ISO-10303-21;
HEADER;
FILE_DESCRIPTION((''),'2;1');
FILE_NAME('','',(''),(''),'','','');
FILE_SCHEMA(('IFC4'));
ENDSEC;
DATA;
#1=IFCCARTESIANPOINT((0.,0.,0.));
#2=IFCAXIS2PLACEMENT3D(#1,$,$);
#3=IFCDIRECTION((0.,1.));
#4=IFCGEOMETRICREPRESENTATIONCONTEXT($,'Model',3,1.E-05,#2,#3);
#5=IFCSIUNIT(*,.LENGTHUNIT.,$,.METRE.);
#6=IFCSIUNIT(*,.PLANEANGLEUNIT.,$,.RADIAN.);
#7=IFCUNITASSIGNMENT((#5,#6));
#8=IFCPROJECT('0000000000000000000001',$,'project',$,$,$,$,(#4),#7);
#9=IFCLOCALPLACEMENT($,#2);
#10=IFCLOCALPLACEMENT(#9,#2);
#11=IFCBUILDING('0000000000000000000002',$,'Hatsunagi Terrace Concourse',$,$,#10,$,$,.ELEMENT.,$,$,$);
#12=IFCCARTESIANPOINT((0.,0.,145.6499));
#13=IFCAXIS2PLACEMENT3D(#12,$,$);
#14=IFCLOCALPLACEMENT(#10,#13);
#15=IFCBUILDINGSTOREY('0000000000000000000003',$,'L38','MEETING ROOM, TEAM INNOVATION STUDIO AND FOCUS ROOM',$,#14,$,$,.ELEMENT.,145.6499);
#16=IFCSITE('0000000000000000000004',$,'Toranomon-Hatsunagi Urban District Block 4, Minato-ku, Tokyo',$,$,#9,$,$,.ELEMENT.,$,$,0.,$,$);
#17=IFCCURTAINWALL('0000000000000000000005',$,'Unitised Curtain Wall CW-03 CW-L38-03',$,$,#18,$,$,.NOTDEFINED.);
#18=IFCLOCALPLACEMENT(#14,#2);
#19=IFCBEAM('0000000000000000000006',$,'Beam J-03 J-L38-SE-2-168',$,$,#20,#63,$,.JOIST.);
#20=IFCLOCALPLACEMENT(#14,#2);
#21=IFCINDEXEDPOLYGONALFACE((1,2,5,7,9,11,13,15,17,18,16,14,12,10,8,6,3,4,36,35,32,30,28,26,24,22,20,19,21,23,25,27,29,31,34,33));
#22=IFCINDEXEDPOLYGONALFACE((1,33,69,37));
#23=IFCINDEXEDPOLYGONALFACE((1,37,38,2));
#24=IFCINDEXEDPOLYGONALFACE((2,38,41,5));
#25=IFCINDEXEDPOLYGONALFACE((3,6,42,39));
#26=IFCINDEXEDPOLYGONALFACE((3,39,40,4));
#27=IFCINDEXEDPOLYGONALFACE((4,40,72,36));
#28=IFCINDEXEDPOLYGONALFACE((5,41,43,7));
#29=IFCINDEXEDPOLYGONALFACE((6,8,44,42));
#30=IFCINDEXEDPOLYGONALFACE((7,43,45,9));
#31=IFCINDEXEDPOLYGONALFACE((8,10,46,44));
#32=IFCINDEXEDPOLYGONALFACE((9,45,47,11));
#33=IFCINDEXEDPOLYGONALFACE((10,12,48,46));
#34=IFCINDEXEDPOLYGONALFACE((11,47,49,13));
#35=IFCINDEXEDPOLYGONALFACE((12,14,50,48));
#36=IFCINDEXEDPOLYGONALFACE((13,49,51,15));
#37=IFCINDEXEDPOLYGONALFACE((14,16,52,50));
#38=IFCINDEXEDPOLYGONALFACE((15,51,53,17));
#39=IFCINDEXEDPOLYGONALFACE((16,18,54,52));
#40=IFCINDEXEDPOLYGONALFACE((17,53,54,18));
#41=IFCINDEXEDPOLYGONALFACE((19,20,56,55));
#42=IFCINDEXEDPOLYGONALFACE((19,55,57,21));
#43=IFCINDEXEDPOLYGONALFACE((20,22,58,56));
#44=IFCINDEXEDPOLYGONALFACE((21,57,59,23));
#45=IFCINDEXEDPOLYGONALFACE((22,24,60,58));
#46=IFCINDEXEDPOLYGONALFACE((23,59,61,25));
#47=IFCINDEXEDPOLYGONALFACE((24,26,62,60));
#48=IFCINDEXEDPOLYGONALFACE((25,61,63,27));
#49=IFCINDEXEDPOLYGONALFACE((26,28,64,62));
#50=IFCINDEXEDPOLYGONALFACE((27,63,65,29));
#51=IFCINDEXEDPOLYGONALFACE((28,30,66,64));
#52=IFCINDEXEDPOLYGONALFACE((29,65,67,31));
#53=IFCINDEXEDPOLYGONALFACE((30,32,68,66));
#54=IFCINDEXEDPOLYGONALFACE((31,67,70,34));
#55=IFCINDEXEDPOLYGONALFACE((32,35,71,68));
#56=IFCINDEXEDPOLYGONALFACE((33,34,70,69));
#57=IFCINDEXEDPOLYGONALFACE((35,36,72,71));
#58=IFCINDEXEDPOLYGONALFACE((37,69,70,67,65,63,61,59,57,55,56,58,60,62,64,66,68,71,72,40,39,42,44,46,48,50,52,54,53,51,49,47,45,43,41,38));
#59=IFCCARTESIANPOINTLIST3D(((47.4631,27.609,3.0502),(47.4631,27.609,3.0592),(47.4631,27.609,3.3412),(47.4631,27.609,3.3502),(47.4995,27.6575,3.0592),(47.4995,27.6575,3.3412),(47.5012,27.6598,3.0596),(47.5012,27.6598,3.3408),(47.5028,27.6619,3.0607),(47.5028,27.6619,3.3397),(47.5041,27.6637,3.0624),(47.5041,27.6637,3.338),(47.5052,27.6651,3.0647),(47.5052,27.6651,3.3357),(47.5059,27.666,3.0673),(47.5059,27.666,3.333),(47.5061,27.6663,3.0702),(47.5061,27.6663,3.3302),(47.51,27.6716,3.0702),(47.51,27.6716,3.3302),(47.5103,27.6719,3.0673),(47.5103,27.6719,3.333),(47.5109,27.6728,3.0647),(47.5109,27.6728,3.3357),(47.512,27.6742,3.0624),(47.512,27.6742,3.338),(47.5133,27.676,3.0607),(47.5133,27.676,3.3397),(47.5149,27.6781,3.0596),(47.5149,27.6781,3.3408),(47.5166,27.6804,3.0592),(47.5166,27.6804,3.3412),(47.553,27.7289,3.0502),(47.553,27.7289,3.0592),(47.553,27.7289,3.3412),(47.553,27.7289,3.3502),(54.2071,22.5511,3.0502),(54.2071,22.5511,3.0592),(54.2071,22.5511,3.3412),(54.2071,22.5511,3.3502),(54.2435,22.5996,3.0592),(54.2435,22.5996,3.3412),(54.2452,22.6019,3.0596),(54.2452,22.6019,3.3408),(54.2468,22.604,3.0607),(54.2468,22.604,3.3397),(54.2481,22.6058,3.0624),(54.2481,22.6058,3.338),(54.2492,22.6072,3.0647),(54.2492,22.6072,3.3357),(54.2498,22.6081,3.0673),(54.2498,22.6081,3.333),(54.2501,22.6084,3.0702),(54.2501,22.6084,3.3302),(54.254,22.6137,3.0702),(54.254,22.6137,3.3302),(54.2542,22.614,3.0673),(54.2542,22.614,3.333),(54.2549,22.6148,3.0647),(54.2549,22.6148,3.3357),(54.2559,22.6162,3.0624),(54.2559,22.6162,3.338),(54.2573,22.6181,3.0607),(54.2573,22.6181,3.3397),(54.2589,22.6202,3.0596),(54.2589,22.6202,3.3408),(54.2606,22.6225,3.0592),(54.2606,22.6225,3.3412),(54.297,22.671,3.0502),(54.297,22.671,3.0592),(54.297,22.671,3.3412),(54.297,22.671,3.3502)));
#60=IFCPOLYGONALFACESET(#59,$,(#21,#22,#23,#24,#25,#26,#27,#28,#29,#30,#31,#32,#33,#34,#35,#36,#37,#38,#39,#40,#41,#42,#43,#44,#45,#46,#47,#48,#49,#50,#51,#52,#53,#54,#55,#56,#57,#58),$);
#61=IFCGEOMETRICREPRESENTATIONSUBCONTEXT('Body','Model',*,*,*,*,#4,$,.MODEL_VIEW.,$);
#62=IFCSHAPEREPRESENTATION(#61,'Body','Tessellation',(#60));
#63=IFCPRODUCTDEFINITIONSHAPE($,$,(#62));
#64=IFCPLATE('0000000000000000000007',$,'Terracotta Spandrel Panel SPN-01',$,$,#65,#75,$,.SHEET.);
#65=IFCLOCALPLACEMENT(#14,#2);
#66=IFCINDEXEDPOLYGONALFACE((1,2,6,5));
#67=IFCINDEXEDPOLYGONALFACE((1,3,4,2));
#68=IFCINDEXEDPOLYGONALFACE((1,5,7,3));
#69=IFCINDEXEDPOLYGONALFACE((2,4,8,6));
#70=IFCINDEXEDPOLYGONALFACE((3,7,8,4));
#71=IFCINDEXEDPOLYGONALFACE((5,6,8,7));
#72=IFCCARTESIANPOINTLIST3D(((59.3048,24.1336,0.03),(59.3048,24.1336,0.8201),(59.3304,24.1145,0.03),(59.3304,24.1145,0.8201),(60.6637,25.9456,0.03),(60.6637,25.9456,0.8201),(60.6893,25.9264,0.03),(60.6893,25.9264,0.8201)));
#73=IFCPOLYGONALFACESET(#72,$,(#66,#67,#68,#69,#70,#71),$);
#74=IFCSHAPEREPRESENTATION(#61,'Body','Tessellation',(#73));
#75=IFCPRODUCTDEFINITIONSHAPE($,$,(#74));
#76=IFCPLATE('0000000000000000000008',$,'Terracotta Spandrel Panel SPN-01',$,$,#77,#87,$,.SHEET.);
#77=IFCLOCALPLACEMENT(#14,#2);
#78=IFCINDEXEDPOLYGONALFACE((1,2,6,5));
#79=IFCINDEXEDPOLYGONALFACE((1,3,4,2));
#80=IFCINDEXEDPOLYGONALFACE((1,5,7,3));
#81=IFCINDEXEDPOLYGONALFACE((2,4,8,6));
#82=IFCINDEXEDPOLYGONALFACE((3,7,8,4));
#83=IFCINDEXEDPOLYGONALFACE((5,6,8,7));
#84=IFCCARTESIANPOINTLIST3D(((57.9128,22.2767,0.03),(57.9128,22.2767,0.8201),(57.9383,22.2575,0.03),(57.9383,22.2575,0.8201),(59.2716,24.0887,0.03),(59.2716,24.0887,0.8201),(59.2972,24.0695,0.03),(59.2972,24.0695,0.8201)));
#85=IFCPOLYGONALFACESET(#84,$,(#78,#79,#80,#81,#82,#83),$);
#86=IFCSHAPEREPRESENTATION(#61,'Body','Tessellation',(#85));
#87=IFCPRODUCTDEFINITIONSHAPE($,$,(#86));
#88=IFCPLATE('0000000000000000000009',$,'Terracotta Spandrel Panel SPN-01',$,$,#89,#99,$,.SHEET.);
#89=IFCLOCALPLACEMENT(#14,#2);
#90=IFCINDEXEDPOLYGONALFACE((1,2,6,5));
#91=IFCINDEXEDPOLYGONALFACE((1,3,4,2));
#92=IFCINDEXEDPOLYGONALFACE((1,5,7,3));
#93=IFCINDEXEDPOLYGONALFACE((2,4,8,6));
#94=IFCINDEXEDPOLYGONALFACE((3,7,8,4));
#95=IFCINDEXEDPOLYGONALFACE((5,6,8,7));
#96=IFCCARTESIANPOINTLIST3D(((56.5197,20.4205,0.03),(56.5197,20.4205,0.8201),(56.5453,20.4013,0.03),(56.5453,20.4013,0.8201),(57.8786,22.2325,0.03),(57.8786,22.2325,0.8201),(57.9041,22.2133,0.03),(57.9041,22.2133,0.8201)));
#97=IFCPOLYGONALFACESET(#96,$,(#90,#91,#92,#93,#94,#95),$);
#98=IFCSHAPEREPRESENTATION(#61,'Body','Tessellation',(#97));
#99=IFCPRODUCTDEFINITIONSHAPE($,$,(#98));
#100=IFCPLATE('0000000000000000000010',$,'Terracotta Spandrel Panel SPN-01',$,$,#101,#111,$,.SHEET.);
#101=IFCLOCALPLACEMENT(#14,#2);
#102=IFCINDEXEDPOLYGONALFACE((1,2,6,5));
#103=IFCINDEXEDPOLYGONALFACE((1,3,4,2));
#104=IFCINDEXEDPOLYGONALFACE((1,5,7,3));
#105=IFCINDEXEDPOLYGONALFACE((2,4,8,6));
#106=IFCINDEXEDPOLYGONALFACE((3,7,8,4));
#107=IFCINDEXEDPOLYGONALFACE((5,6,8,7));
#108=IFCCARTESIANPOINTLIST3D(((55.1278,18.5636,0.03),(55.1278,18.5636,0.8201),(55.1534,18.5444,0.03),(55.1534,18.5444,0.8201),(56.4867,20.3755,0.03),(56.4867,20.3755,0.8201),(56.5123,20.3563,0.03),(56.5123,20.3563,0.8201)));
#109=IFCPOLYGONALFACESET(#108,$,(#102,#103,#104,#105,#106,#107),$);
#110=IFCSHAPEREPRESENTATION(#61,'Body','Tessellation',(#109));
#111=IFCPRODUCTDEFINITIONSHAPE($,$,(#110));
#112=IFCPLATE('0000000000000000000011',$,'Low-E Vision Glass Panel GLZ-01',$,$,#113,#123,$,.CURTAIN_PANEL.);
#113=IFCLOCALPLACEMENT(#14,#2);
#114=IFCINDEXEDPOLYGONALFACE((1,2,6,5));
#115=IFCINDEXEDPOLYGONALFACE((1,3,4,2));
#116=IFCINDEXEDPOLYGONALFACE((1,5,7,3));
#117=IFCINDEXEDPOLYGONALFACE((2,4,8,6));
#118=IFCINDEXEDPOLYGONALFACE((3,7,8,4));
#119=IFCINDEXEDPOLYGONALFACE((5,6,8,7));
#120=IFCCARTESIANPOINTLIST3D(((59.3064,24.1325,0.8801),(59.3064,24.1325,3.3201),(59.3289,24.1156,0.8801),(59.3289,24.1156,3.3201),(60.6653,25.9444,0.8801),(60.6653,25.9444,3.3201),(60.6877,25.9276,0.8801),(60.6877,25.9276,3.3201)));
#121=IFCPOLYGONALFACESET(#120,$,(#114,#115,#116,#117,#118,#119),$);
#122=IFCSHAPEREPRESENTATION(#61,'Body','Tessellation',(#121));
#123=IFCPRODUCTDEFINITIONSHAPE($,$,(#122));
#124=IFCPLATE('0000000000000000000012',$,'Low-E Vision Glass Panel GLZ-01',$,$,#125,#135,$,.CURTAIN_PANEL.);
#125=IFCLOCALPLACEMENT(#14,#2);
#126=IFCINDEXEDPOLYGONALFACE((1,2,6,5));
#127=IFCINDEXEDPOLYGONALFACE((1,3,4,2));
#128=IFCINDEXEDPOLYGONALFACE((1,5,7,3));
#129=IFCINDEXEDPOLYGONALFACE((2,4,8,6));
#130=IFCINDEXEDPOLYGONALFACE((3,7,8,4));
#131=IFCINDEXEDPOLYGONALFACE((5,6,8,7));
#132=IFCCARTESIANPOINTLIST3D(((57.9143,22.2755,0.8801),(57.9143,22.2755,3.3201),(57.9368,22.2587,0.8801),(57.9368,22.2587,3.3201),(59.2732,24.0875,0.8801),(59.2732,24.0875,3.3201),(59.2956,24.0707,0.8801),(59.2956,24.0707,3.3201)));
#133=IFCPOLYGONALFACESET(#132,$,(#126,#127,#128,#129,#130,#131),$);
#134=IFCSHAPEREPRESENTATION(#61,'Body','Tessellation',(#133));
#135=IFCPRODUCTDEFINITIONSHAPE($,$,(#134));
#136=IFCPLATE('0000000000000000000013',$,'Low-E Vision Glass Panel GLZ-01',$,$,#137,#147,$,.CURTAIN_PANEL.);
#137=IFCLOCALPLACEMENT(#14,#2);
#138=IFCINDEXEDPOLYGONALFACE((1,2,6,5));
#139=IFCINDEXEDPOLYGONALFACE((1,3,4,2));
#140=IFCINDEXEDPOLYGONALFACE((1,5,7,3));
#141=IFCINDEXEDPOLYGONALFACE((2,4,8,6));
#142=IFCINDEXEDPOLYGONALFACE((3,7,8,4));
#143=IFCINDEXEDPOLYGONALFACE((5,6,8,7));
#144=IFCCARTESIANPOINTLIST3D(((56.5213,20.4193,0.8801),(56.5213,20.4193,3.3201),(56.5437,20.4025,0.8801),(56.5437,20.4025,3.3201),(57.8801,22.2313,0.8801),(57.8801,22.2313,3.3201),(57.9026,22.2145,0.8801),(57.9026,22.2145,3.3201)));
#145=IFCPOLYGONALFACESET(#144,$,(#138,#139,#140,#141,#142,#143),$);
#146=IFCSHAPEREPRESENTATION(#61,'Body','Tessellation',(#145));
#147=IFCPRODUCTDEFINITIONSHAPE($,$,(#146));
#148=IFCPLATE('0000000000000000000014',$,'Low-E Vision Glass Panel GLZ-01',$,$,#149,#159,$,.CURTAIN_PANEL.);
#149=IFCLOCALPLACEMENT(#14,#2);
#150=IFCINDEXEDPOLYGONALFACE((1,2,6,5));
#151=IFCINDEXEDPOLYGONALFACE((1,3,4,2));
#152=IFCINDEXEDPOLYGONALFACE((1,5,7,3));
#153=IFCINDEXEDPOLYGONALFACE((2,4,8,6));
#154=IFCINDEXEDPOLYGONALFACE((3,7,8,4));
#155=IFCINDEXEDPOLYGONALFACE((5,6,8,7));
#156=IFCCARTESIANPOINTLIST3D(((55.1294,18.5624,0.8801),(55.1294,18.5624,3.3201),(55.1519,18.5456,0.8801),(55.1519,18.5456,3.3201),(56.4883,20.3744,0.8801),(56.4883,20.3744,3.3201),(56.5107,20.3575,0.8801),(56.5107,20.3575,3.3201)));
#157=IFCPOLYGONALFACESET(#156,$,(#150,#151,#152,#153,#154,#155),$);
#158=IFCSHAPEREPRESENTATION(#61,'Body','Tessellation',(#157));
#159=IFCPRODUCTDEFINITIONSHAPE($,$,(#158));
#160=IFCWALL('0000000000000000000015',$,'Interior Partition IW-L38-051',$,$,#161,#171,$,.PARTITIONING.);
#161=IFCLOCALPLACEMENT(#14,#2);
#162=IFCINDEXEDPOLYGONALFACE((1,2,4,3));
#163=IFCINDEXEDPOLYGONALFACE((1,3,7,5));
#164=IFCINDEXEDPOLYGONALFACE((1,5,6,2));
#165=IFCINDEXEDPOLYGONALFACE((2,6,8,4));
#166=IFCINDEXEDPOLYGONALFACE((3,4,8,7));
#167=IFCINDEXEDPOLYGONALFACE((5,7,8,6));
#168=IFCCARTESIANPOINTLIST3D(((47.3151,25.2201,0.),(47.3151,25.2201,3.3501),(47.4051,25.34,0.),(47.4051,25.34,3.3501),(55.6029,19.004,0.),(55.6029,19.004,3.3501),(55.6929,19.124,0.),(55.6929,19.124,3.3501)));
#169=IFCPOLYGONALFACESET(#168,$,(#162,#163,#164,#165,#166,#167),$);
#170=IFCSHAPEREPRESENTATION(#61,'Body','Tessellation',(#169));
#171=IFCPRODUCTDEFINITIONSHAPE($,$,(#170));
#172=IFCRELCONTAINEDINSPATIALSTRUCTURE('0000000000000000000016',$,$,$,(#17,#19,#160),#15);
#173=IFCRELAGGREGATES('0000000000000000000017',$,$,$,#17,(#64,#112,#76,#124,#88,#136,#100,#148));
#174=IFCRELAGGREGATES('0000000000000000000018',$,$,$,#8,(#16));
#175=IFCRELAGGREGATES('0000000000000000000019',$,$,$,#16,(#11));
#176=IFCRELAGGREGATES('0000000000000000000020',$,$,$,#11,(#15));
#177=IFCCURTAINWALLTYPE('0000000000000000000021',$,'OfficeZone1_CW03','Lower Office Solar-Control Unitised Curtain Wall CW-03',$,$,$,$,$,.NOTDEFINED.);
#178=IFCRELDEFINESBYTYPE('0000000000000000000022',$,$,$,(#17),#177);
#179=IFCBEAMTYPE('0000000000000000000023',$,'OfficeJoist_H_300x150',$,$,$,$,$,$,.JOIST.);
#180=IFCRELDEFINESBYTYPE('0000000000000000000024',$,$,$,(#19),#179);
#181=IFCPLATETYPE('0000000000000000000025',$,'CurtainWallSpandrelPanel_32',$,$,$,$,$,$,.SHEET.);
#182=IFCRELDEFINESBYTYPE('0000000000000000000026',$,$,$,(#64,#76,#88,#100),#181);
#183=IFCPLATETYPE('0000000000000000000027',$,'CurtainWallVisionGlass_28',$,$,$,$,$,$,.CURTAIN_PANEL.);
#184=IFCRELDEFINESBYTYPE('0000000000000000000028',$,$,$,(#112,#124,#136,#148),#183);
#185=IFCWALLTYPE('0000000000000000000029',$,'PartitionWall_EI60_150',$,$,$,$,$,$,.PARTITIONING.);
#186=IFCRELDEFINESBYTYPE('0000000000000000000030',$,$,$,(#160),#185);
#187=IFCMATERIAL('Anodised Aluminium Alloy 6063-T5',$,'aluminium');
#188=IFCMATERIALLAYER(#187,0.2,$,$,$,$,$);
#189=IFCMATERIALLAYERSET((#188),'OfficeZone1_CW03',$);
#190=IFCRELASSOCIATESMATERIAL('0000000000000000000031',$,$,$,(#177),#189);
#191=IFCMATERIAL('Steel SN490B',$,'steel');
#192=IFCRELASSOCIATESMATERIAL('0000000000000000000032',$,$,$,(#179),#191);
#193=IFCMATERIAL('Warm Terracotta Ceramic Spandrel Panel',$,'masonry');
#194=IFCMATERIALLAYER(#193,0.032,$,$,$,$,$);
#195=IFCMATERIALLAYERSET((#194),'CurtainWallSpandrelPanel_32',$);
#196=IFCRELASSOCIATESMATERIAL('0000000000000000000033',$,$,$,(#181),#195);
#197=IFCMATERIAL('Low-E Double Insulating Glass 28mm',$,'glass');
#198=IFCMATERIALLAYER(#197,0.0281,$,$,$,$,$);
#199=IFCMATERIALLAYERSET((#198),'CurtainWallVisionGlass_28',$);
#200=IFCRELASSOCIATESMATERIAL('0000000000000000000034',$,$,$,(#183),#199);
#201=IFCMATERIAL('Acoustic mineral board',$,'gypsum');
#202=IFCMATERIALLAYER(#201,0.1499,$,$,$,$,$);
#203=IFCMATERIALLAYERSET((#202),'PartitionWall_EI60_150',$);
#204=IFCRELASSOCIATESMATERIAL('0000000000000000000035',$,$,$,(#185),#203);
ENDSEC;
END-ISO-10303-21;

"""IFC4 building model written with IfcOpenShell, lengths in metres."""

from ifc_helpers import new_model, si_unit, direction, frame, frame_2d, origin, origin_2d, place, context, subcontext, project, spatial, rectangle, i_section, extrude, material, layer, layer_set, material_profile, profile_set, type_object, element, aggregate, save


model = new_model("IFC4")

# Units and contexts
model_context = context("Model", 3, precision=1e-05, world=origin(), true_north=direction((0.0, 1.0)))
body_context = subcontext(model_context, "Body", "Model", "MODEL_VIEW")
ifc_project = project(units=[si_unit("LENGTHUNIT", "METRE"), si_unit("PLANEANGLEUNIT", "RADIAN")], contexts=[model_context])

# Site, building, storey
site_placement = place(None, origin())
site = spatial("IfcSite", under=ifc_project, at=site_placement, Name="Toranomon-Hatsunagi Urban District Block 4, Minato-ku, Tokyo", CompositionType="ELEMENT", RefElevation=0.0)
building_placement = place(site_placement, origin())
building = spatial("IfcBuilding", under=site, at=building_placement, Name="Hatsunagi Terrace Concourse", CompositionType="ELEMENT")
storey_placement = place(building_placement, frame((0.0, 0.0, 145.6499)))
storey = spatial("IfcBuildingStorey", under=building, at=storey_placement, Name="L38", Description="MEETING ROOM, TEAM INNOVATION STUDIO AND FOCUS ROOM", CompositionType="ELEMENT", Elevation=145.6499)

# Curtain wall
ifc_material_1 = material(Name="Anodised Aluminium Alloy 6063-T5", Category="aluminium")
ifc_layer_1 = layer(ifc_material_1, 0.2)
ifc_layer_set_1 = layer_set([ifc_layer_1], Name="OfficeZone1_CW03")
curtain_wall_type = type_object("IfcCurtainWallType", Name="OfficeZone1_CW03", Description="Lower Office Solar-Control Unitised Curtain Wall CW-03", PredefinedType="NOTDEFINED", material=ifc_layer_set_1)
curtain_wall_placement = place(storey_placement, origin())
curtain_wall = element("IfcCurtainWall", 1, at=curtain_wall_placement, inside=storey, type_object=curtain_wall_type, Name="Unitised Curtain Wall CW-03 CW-L38-03", PredefinedType="NOTDEFINED")

# Beam
ifc_material_2 = material(Name="Steel SN490B", Category="steel")
ifc_material_profile_1 = material_profile(ifc_material_2, i_section(OverallWidth=0.1499, OverallDepth=0.3, WebThickness=0.0066, FlangeThickness=0.009, FilletRadius=0.011, at=origin_2d()), Name="H-300x150x6.5x9")
ifc_profile_set_1 = profile_set([ifc_material_profile_1], Name="Steel SN490B")
beam_type = type_object("IfcBeamType", Name="OfficeJoist_H_300x150", PredefinedType="JOIST", material=ifc_profile_set_1)
beam_placement = place(storey_placement, frame((47.5081, 27.6689, 3.2002), z_axis=(0.800003, -0.599995, 0.0), x_axis=(0.599995, 0.800003, 0.0)))
element("IfcBeam", 2, at=beam_placement, inside=storey, type_object=beam_type, Name="Beam J-03 J-L38-SE-2-168", PredefinedType="JOIST", context=body_context, shape_type="SweptSolid", body=[
    extrude(i_section(OverallWidth=0.1499, OverallDepth=0.3, WebThickness=0.0066, FlangeThickness=0.009, FilletRadius=0.011, at=origin_2d()), origin(), (0.0, 0.0, 1.0), 8.4299),
])

# Plates
ifc_material_3 = material(Name="Warm Terracotta Ceramic Spandrel Panel", Category="masonry")
ifc_layer_2 = layer(ifc_material_3, 0.032)
ifc_layer_set_2 = layer_set([ifc_layer_2], Name="CurtainWallSpandrelPanel_32")
plate_type_1 = type_object("IfcPlateType", Name="CurtainWallSpandrelPanel_32", PredefinedType="SHEET", material=ifc_layer_set_2)
plate_1_placement = place(storey_placement, frame((59.9971, 25.03, 0.03), z_axis=(0.0, 0.0, 1.0), x_axis=(-0.599969, -0.800023, 0.0)))
plate_1 = element("IfcPlate", 3, at=plate_1_placement, type_object=plate_type_1, Name="Terracotta Spandrel Panel SPN-01", PredefinedType="SHEET", context=body_context, shape_type="SweptSolid", body=[
    extrude(rectangle(XDim=2.2649, YDim=0.032, at=origin_2d()), origin(), (0.0, 0.0, 1.0), 0.79),
])
plate_2_placement = place(storey_placement, frame((58.605, 23.1731, 0.03), z_axis=(0.0, 0.0, 1.0), x_axis=(-0.599969, -0.800023, 0.0)))
plate_2 = element("IfcPlate", 4, at=plate_2_placement, type_object=plate_type_1, Name="Terracotta Spandrel Panel SPN-01", PredefinedType="SHEET", context=body_context, shape_type="SweptSolid", body=[
    extrude(rectangle(XDim=2.2649, YDim=0.032, at=origin_2d()), origin(), (0.0, 0.0, 1.0), 0.79),
])
plate_3_placement = place(storey_placement, frame((57.2119, 21.3169, 0.03), z_axis=(0.0, 0.0, 1.0), x_axis=(-0.599969, -0.800023, 0.0)))
plate_3 = element("IfcPlate", 5, at=plate_3_placement, type_object=plate_type_1, Name="Terracotta Spandrel Panel SPN-01", PredefinedType="SHEET", context=body_context, shape_type="SweptSolid", body=[
    extrude(rectangle(XDim=2.2649, YDim=0.032, at=origin_2d()), origin(), (0.0, 0.0, 1.0), 0.79),
])
plate_4_placement = place(storey_placement, frame((55.8201, 19.46, 0.03), z_axis=(0.0, 0.0, 1.0), x_axis=(-0.599969, -0.800023, 0.0)))
plate_4 = element("IfcPlate", 6, at=plate_4_placement, type_object=plate_type_1, Name="Terracotta Spandrel Panel SPN-01", PredefinedType="SHEET", context=body_context, shape_type="SweptSolid", body=[
    extrude(rectangle(XDim=2.2649, YDim=0.032, at=origin_2d()), origin(), (0.0, 0.0, 1.0), 0.79),
])
ifc_material_4 = material(Name="Low-E Double Insulating Glass 28mm", Category="glass")
ifc_layer_3 = layer(ifc_material_4, 0.0281)
ifc_layer_set_3 = layer_set([ifc_layer_3], Name="CurtainWallVisionGlass_28")
plate_type_2 = type_object("IfcPlateType", Name="CurtainWallVisionGlass_28", PredefinedType="CURTAIN_PANEL", material=ifc_layer_set_3)
plate_5_placement = place(storey_placement, frame((59.9971, 25.03, 0.8801), z_axis=(0.0, 0.0, 1.0), x_axis=(-0.599969, -0.800023, 0.0)))
plate_5 = element("IfcPlate", 7, at=plate_5_placement, type_object=plate_type_2, Name="Low-E Vision Glass Panel GLZ-01", PredefinedType="CURTAIN_PANEL", context=body_context, shape_type="SweptSolid", body=[
    extrude(rectangle(XDim=2.2649, YDim=0.0281, at=origin_2d()), origin(), (0.0, 0.0, 1.0), 2.4399),
])
plate_6_placement = place(storey_placement, frame((58.605, 23.1731, 0.8801), z_axis=(0.0, 0.0, 1.0), x_axis=(-0.599969, -0.800023, 0.0)))
plate_6 = element("IfcPlate", 8, at=plate_6_placement, type_object=plate_type_2, Name="Low-E Vision Glass Panel GLZ-01", PredefinedType="CURTAIN_PANEL", context=body_context, shape_type="SweptSolid", body=[
    extrude(rectangle(XDim=2.2649, YDim=0.0281, at=origin_2d()), origin(), (0.0, 0.0, 1.0), 2.4399),
])
plate_7_placement = place(storey_placement, frame((57.2119, 21.3169, 0.8801), z_axis=(0.0, 0.0, 1.0), x_axis=(-0.599969, -0.800023, 0.0)))
plate_7 = element("IfcPlate", 9, at=plate_7_placement, type_object=plate_type_2, Name="Low-E Vision Glass Panel GLZ-01", PredefinedType="CURTAIN_PANEL", context=body_context, shape_type="SweptSolid", body=[
    extrude(rectangle(XDim=2.2649, YDim=0.0281, at=origin_2d()), origin(), (0.0, 0.0, 1.0), 2.4399),
])
plate_8_placement = place(storey_placement, frame((55.8201, 19.46, 0.8801), z_axis=(0.0, 0.0, 1.0), x_axis=(-0.599969, -0.800023, 0.0)))
plate_8 = element("IfcPlate", 10, at=plate_8_placement, type_object=plate_type_2, Name="Low-E Vision Glass Panel GLZ-01", PredefinedType="CURTAIN_PANEL", context=body_context, shape_type="SweptSolid", body=[
    extrude(rectangle(XDim=2.2649, YDim=0.0281, at=origin_2d()), origin(), (0.0, 0.0, 1.0), 2.4399),
])
aggregate(curtain_wall, [plate_1, plate_5, plate_2, plate_6, plate_3, plate_7, plate_4, plate_8])

# Wall
ifc_material_5 = material(Name="Acoustic mineral board", Category="gypsum")
ifc_layer_4 = layer(ifc_material_5, 0.1499)
ifc_layer_set_4 = layer_set([ifc_layer_4], Name="PartitionWall_EI60_150")
wall_type = type_object("IfcWallType", Name="PartitionWall_EI60_150", PredefinedType="PARTITIONING", material=ifc_layer_set_4)
wall_1_placement = place(storey_placement, frame((47.3601, 25.28, 0.0), z_axis=(0.0, 0.0, 1.0), x_axis=(0.799992, -0.600011, 0.0)))
element("IfcWall", 11, at=wall_1_placement, inside=storey, type_object=wall_type, Name="Interior Partition IW-L38-051", PredefinedType="PARTITIONING", context=body_context, shape_type="SweptSolid", body=[
    extrude(rectangle(XDim=10.3599, YDim=0.1499, at=frame_2d((5.1799, 0.0))), origin(), (0.0, 0.0, 1.0), 3.3501),
])

save(model, "model.ifc")
